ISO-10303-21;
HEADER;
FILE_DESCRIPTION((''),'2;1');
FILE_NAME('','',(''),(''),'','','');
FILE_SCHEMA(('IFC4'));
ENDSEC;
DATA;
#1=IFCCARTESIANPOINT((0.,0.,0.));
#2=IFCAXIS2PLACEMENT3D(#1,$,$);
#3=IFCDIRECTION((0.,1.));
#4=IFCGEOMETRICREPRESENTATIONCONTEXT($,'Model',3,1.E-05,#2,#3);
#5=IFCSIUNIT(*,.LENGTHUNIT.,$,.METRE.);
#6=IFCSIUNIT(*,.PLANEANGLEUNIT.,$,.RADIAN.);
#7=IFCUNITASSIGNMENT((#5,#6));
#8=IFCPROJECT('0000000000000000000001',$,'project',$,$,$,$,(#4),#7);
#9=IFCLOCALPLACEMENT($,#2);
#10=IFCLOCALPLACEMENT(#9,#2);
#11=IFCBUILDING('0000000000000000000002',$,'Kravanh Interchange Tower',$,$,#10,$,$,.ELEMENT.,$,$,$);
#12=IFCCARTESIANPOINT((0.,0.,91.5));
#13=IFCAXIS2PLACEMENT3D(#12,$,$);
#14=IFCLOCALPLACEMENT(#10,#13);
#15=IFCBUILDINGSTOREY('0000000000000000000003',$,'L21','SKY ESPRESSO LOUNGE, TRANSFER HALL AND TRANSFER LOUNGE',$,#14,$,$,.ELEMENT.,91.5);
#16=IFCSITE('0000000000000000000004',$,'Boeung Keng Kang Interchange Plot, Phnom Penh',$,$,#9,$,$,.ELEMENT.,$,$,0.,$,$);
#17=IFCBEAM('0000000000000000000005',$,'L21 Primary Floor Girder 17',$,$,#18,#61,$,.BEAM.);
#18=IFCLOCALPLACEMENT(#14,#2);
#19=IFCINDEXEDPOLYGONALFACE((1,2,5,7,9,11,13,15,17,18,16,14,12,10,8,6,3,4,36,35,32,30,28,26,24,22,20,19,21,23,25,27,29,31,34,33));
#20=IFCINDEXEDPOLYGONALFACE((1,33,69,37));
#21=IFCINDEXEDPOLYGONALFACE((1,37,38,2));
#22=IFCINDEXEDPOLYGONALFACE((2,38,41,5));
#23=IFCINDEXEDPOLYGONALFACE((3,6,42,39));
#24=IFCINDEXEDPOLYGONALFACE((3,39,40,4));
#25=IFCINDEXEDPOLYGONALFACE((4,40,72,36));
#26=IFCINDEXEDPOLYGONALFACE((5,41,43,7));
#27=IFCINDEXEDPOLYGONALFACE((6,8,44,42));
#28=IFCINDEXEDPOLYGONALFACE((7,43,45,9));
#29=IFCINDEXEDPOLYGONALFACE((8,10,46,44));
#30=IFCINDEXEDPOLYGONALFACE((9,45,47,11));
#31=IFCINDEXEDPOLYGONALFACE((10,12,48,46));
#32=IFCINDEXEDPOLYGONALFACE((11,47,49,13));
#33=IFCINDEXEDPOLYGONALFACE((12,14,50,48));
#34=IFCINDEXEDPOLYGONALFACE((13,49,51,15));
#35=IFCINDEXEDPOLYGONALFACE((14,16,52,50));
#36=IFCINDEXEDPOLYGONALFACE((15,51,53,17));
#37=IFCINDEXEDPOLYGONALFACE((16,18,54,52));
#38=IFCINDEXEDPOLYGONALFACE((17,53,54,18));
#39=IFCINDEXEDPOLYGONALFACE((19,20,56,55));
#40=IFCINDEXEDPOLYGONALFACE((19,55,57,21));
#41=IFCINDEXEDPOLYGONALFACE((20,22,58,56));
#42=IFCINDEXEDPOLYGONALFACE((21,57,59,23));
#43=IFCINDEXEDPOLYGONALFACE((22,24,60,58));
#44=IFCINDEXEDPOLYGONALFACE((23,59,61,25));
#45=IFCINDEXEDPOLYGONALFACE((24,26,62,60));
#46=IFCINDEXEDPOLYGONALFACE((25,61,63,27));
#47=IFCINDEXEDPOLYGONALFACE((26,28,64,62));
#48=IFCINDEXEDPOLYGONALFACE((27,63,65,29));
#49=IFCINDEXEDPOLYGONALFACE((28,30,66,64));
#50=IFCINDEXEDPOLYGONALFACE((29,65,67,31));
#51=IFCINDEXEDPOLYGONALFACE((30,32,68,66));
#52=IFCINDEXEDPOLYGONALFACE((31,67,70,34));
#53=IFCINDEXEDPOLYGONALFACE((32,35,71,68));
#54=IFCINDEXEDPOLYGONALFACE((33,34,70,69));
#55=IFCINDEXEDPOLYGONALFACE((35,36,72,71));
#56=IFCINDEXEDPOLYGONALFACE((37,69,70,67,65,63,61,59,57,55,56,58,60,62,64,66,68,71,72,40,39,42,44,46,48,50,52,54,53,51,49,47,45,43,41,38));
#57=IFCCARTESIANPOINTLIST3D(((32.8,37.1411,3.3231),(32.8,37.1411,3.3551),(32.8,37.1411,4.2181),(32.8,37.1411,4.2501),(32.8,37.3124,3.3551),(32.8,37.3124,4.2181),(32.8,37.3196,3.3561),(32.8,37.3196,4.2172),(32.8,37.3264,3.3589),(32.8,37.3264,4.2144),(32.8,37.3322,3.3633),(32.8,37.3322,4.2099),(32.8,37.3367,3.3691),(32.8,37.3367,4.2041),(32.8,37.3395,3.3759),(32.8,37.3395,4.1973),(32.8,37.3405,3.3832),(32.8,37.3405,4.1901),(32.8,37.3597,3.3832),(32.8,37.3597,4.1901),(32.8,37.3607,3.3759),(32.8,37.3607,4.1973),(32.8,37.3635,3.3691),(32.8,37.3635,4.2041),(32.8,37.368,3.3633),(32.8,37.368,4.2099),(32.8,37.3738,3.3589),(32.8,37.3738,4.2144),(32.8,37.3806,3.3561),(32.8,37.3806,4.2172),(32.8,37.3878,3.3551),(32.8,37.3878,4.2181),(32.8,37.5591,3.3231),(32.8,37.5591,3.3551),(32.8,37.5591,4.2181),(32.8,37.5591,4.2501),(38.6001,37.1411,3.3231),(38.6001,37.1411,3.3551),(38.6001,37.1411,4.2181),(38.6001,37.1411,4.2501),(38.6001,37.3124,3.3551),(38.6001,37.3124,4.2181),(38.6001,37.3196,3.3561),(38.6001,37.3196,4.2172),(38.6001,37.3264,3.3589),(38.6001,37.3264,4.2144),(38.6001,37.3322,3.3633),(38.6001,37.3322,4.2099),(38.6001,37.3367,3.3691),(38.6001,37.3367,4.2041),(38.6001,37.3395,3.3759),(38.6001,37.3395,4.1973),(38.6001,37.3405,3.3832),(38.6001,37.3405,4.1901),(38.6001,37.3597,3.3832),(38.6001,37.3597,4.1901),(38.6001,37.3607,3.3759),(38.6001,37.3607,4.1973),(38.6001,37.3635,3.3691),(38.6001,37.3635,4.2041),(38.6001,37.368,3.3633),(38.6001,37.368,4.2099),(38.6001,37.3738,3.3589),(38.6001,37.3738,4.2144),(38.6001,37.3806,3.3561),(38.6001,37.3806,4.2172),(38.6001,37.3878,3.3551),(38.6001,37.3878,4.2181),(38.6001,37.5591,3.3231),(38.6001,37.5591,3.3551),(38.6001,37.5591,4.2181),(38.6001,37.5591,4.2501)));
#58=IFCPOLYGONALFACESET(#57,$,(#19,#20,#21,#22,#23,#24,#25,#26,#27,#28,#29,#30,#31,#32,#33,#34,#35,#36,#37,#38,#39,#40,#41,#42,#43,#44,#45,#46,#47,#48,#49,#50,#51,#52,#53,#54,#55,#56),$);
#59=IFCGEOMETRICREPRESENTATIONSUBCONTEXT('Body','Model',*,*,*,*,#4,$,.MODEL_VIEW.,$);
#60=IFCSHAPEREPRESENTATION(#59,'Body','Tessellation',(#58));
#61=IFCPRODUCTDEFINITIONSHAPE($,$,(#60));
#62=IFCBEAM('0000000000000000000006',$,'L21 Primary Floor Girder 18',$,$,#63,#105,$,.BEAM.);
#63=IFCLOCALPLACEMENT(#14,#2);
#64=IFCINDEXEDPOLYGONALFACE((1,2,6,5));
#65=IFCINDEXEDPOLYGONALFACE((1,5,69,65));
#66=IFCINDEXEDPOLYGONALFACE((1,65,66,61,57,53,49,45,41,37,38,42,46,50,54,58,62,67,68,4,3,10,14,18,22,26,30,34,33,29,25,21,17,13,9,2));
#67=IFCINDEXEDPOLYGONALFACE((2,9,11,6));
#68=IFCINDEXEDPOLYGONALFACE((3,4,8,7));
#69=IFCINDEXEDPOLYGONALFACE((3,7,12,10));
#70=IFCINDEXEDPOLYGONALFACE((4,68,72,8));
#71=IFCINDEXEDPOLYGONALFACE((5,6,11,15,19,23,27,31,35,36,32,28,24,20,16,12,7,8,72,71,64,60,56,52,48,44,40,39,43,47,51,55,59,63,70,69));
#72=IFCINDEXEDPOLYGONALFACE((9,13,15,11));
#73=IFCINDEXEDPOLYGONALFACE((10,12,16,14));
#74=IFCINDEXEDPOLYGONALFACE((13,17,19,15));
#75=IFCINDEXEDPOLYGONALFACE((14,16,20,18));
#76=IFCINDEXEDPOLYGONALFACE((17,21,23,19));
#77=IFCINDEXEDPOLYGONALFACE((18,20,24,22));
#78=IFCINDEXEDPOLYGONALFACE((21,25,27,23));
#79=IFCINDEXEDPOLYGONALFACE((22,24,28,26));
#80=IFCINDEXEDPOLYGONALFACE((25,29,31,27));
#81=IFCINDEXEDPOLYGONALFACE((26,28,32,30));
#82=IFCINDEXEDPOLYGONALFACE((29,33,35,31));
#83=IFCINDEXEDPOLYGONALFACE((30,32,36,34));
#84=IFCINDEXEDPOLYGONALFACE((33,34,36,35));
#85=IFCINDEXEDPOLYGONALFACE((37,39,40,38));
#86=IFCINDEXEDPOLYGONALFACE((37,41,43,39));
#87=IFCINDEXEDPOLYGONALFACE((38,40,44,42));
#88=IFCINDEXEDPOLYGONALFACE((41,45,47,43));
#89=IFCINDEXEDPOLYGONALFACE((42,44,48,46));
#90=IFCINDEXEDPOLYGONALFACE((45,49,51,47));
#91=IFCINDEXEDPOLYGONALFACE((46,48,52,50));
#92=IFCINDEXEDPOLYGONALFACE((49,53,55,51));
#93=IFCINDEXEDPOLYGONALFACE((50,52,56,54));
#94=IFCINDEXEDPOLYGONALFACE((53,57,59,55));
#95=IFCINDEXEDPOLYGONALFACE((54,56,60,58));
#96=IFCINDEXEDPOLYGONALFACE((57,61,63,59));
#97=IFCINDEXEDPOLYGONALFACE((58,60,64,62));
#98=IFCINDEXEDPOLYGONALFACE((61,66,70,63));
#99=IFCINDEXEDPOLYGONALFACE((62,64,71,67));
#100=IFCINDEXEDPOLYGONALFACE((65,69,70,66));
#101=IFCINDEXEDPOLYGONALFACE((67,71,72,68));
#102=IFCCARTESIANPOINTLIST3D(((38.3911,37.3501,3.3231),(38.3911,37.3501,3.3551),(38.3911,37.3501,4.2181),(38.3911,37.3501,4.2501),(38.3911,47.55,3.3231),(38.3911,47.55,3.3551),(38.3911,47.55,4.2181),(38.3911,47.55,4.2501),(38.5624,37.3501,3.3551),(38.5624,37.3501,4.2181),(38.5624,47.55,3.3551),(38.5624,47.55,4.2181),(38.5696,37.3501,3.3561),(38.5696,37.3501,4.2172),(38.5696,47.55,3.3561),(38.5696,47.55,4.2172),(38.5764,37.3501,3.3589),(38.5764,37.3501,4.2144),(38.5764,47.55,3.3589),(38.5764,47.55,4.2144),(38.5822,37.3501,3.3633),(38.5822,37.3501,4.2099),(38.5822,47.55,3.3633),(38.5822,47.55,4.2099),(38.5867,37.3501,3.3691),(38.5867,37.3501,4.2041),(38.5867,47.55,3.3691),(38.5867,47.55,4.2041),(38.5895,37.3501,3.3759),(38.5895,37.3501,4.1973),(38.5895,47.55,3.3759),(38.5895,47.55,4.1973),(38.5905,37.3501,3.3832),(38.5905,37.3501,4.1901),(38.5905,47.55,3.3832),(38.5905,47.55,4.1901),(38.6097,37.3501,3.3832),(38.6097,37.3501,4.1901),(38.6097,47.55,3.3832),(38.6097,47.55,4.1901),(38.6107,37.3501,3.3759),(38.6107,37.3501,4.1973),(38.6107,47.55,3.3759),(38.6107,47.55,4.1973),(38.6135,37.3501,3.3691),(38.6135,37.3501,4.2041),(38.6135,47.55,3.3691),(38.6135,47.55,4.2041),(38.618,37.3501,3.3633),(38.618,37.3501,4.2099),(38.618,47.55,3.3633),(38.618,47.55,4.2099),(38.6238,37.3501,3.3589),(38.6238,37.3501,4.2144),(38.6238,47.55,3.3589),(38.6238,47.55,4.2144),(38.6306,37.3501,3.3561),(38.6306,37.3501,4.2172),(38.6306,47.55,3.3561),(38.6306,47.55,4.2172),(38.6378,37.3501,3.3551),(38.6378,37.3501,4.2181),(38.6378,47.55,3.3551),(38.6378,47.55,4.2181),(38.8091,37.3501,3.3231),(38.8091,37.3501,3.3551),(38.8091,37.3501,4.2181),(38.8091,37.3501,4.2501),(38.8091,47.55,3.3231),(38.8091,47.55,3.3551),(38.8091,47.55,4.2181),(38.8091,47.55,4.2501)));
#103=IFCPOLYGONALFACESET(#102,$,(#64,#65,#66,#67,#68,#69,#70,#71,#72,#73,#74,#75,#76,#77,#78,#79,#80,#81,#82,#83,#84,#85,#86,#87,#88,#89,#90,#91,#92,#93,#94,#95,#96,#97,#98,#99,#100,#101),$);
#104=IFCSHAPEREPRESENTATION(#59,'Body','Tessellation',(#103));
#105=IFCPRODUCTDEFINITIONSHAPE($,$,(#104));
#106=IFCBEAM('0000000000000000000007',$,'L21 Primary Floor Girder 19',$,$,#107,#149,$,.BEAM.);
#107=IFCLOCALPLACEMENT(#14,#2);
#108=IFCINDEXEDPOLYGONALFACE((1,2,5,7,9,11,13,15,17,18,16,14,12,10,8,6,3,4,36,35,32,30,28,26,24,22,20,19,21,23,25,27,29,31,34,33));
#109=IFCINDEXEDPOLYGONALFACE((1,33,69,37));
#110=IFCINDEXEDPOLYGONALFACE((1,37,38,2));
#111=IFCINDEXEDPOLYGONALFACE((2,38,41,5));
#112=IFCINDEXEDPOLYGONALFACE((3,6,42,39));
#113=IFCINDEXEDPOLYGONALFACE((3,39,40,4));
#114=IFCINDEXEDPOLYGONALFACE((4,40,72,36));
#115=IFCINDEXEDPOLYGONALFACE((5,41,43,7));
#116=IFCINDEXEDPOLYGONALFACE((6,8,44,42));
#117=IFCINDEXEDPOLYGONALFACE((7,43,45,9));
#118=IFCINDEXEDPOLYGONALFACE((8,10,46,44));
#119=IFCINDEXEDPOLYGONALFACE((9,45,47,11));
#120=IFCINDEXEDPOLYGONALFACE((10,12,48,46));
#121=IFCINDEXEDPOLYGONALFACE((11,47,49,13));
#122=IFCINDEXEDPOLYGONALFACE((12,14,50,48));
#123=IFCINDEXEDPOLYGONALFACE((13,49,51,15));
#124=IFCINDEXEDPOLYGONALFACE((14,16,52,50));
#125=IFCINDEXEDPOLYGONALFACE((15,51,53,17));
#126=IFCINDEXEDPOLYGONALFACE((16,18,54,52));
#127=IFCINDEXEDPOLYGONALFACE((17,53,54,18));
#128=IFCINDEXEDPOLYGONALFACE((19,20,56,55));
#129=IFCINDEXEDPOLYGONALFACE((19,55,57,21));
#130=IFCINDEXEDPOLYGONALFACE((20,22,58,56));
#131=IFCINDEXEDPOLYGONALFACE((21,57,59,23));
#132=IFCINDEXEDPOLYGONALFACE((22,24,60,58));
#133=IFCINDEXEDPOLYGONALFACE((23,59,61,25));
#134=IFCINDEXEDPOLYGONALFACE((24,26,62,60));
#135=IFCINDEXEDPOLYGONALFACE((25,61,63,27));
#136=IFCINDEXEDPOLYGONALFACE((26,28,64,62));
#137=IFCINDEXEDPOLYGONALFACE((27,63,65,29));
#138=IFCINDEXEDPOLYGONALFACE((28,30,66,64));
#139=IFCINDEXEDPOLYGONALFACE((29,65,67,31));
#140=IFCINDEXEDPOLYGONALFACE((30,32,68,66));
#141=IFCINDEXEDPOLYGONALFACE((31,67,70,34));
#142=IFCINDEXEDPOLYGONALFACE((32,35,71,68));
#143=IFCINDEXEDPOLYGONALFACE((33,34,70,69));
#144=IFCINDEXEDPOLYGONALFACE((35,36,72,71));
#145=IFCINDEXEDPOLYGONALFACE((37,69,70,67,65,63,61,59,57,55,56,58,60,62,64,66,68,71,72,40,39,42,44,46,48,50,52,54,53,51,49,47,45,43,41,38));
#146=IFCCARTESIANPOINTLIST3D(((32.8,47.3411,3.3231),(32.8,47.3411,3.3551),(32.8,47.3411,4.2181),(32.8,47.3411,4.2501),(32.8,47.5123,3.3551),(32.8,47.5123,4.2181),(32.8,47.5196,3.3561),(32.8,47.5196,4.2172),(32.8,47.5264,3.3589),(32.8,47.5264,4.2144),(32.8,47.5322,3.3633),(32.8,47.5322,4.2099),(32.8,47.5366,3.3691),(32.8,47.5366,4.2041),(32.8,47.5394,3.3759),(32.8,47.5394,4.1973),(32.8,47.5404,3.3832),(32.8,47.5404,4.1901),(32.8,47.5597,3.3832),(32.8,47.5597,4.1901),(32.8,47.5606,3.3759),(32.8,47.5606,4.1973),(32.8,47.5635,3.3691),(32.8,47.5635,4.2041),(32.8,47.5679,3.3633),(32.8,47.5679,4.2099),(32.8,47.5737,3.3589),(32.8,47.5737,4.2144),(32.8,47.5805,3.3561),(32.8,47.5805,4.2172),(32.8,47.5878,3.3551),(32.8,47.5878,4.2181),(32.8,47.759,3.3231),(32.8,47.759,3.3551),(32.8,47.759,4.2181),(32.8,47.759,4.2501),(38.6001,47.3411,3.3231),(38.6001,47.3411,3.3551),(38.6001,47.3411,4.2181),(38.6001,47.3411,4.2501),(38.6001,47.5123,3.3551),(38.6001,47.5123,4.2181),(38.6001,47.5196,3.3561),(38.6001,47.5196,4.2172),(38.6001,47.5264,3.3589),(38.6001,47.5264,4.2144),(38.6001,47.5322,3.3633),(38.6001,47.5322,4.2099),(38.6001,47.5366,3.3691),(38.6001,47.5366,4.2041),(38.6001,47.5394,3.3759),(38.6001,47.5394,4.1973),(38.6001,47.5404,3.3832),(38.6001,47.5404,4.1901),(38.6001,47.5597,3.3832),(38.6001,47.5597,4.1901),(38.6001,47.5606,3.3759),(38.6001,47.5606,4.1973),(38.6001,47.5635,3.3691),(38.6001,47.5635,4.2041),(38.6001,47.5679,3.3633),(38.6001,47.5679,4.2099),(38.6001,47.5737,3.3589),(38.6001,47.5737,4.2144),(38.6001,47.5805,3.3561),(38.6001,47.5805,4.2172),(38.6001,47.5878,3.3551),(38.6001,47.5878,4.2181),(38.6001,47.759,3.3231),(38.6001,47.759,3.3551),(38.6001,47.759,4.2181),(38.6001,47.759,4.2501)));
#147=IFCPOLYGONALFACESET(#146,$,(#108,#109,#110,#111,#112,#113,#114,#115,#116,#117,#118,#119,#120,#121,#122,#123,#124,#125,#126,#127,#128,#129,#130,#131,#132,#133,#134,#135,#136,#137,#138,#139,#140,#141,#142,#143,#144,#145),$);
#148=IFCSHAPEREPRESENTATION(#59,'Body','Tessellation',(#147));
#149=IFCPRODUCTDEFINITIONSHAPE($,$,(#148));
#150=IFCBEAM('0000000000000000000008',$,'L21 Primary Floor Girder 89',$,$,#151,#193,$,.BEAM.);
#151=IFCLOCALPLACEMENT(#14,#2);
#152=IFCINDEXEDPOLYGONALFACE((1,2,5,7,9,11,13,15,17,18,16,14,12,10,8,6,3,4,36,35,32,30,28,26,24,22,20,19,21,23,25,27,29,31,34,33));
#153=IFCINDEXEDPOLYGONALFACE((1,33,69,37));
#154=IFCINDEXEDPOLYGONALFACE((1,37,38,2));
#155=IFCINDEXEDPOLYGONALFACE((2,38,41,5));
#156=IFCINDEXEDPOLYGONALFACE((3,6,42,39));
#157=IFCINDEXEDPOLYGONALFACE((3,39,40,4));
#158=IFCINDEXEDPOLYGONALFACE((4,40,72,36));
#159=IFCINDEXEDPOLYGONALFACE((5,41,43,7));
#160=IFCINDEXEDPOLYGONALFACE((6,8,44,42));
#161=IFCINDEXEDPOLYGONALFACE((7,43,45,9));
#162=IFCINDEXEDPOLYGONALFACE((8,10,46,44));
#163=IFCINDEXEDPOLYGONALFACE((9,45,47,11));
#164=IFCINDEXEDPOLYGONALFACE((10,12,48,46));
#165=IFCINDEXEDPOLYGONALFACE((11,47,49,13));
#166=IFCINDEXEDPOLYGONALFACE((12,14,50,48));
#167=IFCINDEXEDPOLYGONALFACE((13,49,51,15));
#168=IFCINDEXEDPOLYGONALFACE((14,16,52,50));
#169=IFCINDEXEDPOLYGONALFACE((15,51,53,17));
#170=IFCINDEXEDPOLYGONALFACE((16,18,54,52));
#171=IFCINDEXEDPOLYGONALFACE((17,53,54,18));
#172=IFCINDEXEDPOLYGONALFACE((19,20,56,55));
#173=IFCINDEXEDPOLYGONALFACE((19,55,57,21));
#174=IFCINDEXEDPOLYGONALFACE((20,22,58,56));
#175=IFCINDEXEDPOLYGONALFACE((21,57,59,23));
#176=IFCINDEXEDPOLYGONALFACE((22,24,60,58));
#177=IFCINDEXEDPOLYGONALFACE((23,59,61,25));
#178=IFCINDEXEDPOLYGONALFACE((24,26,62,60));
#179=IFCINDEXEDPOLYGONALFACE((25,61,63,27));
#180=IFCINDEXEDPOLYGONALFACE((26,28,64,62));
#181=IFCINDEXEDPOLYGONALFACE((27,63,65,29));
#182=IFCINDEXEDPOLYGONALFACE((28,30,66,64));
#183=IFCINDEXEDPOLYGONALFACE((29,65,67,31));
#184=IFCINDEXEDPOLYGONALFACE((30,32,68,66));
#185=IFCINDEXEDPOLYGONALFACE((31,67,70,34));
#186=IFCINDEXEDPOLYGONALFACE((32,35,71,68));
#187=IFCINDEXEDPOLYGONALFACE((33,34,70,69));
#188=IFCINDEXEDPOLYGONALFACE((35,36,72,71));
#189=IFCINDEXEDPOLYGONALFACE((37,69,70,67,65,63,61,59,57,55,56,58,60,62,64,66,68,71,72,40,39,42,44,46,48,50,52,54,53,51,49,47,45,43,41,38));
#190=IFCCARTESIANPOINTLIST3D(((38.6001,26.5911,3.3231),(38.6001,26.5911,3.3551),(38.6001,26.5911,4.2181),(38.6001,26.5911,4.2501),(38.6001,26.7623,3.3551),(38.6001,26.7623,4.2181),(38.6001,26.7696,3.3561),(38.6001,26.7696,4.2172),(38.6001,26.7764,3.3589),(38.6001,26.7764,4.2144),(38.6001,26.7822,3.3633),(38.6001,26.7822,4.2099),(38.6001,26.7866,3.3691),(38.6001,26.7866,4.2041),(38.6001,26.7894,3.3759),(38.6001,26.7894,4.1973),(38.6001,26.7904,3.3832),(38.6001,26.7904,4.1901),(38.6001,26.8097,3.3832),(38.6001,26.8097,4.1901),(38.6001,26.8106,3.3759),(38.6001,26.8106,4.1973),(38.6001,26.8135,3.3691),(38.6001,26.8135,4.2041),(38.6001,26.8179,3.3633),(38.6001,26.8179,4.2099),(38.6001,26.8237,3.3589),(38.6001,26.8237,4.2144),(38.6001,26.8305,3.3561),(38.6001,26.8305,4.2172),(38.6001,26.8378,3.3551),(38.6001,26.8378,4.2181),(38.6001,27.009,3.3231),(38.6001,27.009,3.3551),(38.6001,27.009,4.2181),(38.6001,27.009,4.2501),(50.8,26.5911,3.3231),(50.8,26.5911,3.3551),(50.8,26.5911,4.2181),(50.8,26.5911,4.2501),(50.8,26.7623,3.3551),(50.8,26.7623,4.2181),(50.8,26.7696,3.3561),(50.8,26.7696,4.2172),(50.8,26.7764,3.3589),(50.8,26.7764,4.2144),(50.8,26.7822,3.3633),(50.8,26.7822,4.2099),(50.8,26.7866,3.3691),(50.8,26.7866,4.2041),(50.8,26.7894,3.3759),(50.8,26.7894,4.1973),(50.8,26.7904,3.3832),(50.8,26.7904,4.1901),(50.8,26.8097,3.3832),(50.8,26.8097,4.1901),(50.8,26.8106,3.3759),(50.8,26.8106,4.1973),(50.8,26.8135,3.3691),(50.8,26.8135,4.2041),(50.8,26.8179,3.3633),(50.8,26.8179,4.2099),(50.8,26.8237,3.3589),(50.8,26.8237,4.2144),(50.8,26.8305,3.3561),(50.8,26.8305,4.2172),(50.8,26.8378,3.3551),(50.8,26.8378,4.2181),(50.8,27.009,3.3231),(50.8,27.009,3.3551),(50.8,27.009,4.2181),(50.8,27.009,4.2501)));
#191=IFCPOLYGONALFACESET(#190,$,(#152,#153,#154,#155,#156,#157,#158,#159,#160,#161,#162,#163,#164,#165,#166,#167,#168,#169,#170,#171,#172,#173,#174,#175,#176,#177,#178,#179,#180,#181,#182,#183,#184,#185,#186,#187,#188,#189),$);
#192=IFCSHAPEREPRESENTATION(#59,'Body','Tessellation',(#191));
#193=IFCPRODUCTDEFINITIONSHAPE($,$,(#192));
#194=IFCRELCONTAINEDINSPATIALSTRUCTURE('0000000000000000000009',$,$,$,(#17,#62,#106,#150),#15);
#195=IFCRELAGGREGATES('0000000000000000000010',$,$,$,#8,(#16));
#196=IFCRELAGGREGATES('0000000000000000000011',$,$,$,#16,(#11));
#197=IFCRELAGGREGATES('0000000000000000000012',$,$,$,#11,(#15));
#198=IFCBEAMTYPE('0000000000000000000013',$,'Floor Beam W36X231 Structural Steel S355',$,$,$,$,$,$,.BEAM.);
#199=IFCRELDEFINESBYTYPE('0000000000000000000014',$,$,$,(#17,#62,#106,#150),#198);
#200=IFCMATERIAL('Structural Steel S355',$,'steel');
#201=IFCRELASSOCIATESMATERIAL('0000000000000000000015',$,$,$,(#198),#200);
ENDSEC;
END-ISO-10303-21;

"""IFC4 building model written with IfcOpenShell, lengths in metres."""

from ifc_helpers import new_model, si_unit, direction, frame, origin, origin_2d, place, context, subcontext, project, spatial, i_section, extrude, material, material_profile, profile_set, type_object, element, save


model = new_model("IFC4")

# Units and contexts
model_context = context("Model", 3, precision=1e-05, world=origin(), true_north=direction((0.0, 1.0)))
body_context = subcontext(model_context, "Body", "Model", "MODEL_VIEW")
ifc_project = project(units=[si_unit("LENGTHUNIT", "METRE"), si_unit("PLANEANGLEUNIT", "RADIAN")], contexts=[model_context])

# Site, building, storey
site_placement = place(None, origin())
site = spatial("IfcSite", under=ifc_project, at=site_placement, Name="Boeung Keng Kang Interchange Plot, Phnom Penh", CompositionType="ELEMENT", RefElevation=0.0)
building_placement = place(site_placement, origin())
building = spatial("IfcBuilding", under=site, at=building_placement, Name="Kravanh Interchange Tower", CompositionType="ELEMENT")
storey_placement = place(building_placement, frame((0.0, 0.0, 91.5)))
storey = spatial("IfcBuildingStorey", under=building, at=storey_placement, Name="L21", Description="SKY ESPRESSO LOUNGE, TRANSFER HALL AND TRANSFER LOUNGE", CompositionType="ELEMENT", Elevation=91.5)

# Beams
ifc_material_1 = material(Name="Structural Steel S355", Category="steel")
ifc_material_profile_1 = material_profile(ifc_material_1, i_section(OverallWidth=0.418, OverallDepth=0.927, WebThickness=0.0193, FlangeThickness=0.032, FilletRadius=0.0281, at=origin_2d()), Name="W36X231")
ifc_profile_set_1 = profile_set([ifc_material_profile_1], Name="Structural Steel S355")
beam_type_1 = type_object("IfcBeamType", Name="Floor Beam W36X231 Structural Steel S355", PredefinedType="BEAM", material=ifc_profile_set_1)
beam_1_placement = place(storey_placement, frame((38.6001, 37.3501, 3.7866), z_axis=(-1.0, 0.0, 0.0), x_axis=(0.0, -1.0, 0.0)))
element("IfcBeam", 1, at=beam_1_placement, inside=storey, type_object=beam_type_1, Name="L21 Primary Floor Girder 17", PredefinedType="BEAM", context=body_context, shape_type="SweptSolid", body=[
    extrude(i_section(OverallWidth=0.418, OverallDepth=0.927, WebThickness=0.0193, FlangeThickness=0.032, FilletRadius=0.0281, at=origin_2d()), origin(), (0.0, 0.0, 1.0), 5.8),
])
beam_2_placement = place(storey_placement, frame((38.6001, 37.3501, 3.7866), z_axis=(0.0, 1.0, 0.0), x_axis=(-1.0, 0.0, 0.0)))
element("IfcBeam", 2, at=beam_2_placement, inside=storey, type_object=beam_type_1, Name="L21 Primary Floor Girder 18", PredefinedType="BEAM", context=body_context, shape_type="SweptSolid", body=[
    extrude(i_section(OverallWidth=0.418, OverallDepth=0.927, WebThickness=0.0193, FlangeThickness=0.032, FilletRadius=0.0281, at=origin_2d()), origin(), (0.0, 0.0, 1.0), 10.2),
])
beam_3_placement = place(storey_placement, frame((38.6001, 47.55, 3.7866), z_axis=(-1.0, 0.0, 0.0), x_axis=(0.0, -1.0, 0.0)))
element("IfcBeam", 3, at=beam_3_placement, inside=storey, type_object=beam_type_1, Name="L21 Primary Floor Girder 19", PredefinedType="BEAM", context=body_context, shape_type="SweptSolid", body=[
    extrude(i_section(OverallWidth=0.418, OverallDepth=0.927, WebThickness=0.0193, FlangeThickness=0.032, FilletRadius=0.0281, at=origin_2d()), origin(), (0.0, 0.0, 1.0), 5.8),
])
beam_4_placement = place(storey_placement, frame((38.6001, 26.8, 3.7866), z_axis=(1.0, 0.0, 0.0), x_axis=(0.0, 1.0, 0.0)))
element("IfcBeam", 4, at=beam_4_placement, inside=storey, type_object=beam_type_1, Name="L21 Primary Floor Girder 89", PredefinedType="BEAM", context=body_context, shape_type="SweptSolid", body=[
    extrude(i_section(OverallWidth=0.418, OverallDepth=0.927, WebThickness=0.0193, FlangeThickness=0.032, FilletRadius=0.0281, at=origin_2d()), origin(), (0.0, 0.0, 1.0), 12.2),
])

save(model, "model.ifc")
